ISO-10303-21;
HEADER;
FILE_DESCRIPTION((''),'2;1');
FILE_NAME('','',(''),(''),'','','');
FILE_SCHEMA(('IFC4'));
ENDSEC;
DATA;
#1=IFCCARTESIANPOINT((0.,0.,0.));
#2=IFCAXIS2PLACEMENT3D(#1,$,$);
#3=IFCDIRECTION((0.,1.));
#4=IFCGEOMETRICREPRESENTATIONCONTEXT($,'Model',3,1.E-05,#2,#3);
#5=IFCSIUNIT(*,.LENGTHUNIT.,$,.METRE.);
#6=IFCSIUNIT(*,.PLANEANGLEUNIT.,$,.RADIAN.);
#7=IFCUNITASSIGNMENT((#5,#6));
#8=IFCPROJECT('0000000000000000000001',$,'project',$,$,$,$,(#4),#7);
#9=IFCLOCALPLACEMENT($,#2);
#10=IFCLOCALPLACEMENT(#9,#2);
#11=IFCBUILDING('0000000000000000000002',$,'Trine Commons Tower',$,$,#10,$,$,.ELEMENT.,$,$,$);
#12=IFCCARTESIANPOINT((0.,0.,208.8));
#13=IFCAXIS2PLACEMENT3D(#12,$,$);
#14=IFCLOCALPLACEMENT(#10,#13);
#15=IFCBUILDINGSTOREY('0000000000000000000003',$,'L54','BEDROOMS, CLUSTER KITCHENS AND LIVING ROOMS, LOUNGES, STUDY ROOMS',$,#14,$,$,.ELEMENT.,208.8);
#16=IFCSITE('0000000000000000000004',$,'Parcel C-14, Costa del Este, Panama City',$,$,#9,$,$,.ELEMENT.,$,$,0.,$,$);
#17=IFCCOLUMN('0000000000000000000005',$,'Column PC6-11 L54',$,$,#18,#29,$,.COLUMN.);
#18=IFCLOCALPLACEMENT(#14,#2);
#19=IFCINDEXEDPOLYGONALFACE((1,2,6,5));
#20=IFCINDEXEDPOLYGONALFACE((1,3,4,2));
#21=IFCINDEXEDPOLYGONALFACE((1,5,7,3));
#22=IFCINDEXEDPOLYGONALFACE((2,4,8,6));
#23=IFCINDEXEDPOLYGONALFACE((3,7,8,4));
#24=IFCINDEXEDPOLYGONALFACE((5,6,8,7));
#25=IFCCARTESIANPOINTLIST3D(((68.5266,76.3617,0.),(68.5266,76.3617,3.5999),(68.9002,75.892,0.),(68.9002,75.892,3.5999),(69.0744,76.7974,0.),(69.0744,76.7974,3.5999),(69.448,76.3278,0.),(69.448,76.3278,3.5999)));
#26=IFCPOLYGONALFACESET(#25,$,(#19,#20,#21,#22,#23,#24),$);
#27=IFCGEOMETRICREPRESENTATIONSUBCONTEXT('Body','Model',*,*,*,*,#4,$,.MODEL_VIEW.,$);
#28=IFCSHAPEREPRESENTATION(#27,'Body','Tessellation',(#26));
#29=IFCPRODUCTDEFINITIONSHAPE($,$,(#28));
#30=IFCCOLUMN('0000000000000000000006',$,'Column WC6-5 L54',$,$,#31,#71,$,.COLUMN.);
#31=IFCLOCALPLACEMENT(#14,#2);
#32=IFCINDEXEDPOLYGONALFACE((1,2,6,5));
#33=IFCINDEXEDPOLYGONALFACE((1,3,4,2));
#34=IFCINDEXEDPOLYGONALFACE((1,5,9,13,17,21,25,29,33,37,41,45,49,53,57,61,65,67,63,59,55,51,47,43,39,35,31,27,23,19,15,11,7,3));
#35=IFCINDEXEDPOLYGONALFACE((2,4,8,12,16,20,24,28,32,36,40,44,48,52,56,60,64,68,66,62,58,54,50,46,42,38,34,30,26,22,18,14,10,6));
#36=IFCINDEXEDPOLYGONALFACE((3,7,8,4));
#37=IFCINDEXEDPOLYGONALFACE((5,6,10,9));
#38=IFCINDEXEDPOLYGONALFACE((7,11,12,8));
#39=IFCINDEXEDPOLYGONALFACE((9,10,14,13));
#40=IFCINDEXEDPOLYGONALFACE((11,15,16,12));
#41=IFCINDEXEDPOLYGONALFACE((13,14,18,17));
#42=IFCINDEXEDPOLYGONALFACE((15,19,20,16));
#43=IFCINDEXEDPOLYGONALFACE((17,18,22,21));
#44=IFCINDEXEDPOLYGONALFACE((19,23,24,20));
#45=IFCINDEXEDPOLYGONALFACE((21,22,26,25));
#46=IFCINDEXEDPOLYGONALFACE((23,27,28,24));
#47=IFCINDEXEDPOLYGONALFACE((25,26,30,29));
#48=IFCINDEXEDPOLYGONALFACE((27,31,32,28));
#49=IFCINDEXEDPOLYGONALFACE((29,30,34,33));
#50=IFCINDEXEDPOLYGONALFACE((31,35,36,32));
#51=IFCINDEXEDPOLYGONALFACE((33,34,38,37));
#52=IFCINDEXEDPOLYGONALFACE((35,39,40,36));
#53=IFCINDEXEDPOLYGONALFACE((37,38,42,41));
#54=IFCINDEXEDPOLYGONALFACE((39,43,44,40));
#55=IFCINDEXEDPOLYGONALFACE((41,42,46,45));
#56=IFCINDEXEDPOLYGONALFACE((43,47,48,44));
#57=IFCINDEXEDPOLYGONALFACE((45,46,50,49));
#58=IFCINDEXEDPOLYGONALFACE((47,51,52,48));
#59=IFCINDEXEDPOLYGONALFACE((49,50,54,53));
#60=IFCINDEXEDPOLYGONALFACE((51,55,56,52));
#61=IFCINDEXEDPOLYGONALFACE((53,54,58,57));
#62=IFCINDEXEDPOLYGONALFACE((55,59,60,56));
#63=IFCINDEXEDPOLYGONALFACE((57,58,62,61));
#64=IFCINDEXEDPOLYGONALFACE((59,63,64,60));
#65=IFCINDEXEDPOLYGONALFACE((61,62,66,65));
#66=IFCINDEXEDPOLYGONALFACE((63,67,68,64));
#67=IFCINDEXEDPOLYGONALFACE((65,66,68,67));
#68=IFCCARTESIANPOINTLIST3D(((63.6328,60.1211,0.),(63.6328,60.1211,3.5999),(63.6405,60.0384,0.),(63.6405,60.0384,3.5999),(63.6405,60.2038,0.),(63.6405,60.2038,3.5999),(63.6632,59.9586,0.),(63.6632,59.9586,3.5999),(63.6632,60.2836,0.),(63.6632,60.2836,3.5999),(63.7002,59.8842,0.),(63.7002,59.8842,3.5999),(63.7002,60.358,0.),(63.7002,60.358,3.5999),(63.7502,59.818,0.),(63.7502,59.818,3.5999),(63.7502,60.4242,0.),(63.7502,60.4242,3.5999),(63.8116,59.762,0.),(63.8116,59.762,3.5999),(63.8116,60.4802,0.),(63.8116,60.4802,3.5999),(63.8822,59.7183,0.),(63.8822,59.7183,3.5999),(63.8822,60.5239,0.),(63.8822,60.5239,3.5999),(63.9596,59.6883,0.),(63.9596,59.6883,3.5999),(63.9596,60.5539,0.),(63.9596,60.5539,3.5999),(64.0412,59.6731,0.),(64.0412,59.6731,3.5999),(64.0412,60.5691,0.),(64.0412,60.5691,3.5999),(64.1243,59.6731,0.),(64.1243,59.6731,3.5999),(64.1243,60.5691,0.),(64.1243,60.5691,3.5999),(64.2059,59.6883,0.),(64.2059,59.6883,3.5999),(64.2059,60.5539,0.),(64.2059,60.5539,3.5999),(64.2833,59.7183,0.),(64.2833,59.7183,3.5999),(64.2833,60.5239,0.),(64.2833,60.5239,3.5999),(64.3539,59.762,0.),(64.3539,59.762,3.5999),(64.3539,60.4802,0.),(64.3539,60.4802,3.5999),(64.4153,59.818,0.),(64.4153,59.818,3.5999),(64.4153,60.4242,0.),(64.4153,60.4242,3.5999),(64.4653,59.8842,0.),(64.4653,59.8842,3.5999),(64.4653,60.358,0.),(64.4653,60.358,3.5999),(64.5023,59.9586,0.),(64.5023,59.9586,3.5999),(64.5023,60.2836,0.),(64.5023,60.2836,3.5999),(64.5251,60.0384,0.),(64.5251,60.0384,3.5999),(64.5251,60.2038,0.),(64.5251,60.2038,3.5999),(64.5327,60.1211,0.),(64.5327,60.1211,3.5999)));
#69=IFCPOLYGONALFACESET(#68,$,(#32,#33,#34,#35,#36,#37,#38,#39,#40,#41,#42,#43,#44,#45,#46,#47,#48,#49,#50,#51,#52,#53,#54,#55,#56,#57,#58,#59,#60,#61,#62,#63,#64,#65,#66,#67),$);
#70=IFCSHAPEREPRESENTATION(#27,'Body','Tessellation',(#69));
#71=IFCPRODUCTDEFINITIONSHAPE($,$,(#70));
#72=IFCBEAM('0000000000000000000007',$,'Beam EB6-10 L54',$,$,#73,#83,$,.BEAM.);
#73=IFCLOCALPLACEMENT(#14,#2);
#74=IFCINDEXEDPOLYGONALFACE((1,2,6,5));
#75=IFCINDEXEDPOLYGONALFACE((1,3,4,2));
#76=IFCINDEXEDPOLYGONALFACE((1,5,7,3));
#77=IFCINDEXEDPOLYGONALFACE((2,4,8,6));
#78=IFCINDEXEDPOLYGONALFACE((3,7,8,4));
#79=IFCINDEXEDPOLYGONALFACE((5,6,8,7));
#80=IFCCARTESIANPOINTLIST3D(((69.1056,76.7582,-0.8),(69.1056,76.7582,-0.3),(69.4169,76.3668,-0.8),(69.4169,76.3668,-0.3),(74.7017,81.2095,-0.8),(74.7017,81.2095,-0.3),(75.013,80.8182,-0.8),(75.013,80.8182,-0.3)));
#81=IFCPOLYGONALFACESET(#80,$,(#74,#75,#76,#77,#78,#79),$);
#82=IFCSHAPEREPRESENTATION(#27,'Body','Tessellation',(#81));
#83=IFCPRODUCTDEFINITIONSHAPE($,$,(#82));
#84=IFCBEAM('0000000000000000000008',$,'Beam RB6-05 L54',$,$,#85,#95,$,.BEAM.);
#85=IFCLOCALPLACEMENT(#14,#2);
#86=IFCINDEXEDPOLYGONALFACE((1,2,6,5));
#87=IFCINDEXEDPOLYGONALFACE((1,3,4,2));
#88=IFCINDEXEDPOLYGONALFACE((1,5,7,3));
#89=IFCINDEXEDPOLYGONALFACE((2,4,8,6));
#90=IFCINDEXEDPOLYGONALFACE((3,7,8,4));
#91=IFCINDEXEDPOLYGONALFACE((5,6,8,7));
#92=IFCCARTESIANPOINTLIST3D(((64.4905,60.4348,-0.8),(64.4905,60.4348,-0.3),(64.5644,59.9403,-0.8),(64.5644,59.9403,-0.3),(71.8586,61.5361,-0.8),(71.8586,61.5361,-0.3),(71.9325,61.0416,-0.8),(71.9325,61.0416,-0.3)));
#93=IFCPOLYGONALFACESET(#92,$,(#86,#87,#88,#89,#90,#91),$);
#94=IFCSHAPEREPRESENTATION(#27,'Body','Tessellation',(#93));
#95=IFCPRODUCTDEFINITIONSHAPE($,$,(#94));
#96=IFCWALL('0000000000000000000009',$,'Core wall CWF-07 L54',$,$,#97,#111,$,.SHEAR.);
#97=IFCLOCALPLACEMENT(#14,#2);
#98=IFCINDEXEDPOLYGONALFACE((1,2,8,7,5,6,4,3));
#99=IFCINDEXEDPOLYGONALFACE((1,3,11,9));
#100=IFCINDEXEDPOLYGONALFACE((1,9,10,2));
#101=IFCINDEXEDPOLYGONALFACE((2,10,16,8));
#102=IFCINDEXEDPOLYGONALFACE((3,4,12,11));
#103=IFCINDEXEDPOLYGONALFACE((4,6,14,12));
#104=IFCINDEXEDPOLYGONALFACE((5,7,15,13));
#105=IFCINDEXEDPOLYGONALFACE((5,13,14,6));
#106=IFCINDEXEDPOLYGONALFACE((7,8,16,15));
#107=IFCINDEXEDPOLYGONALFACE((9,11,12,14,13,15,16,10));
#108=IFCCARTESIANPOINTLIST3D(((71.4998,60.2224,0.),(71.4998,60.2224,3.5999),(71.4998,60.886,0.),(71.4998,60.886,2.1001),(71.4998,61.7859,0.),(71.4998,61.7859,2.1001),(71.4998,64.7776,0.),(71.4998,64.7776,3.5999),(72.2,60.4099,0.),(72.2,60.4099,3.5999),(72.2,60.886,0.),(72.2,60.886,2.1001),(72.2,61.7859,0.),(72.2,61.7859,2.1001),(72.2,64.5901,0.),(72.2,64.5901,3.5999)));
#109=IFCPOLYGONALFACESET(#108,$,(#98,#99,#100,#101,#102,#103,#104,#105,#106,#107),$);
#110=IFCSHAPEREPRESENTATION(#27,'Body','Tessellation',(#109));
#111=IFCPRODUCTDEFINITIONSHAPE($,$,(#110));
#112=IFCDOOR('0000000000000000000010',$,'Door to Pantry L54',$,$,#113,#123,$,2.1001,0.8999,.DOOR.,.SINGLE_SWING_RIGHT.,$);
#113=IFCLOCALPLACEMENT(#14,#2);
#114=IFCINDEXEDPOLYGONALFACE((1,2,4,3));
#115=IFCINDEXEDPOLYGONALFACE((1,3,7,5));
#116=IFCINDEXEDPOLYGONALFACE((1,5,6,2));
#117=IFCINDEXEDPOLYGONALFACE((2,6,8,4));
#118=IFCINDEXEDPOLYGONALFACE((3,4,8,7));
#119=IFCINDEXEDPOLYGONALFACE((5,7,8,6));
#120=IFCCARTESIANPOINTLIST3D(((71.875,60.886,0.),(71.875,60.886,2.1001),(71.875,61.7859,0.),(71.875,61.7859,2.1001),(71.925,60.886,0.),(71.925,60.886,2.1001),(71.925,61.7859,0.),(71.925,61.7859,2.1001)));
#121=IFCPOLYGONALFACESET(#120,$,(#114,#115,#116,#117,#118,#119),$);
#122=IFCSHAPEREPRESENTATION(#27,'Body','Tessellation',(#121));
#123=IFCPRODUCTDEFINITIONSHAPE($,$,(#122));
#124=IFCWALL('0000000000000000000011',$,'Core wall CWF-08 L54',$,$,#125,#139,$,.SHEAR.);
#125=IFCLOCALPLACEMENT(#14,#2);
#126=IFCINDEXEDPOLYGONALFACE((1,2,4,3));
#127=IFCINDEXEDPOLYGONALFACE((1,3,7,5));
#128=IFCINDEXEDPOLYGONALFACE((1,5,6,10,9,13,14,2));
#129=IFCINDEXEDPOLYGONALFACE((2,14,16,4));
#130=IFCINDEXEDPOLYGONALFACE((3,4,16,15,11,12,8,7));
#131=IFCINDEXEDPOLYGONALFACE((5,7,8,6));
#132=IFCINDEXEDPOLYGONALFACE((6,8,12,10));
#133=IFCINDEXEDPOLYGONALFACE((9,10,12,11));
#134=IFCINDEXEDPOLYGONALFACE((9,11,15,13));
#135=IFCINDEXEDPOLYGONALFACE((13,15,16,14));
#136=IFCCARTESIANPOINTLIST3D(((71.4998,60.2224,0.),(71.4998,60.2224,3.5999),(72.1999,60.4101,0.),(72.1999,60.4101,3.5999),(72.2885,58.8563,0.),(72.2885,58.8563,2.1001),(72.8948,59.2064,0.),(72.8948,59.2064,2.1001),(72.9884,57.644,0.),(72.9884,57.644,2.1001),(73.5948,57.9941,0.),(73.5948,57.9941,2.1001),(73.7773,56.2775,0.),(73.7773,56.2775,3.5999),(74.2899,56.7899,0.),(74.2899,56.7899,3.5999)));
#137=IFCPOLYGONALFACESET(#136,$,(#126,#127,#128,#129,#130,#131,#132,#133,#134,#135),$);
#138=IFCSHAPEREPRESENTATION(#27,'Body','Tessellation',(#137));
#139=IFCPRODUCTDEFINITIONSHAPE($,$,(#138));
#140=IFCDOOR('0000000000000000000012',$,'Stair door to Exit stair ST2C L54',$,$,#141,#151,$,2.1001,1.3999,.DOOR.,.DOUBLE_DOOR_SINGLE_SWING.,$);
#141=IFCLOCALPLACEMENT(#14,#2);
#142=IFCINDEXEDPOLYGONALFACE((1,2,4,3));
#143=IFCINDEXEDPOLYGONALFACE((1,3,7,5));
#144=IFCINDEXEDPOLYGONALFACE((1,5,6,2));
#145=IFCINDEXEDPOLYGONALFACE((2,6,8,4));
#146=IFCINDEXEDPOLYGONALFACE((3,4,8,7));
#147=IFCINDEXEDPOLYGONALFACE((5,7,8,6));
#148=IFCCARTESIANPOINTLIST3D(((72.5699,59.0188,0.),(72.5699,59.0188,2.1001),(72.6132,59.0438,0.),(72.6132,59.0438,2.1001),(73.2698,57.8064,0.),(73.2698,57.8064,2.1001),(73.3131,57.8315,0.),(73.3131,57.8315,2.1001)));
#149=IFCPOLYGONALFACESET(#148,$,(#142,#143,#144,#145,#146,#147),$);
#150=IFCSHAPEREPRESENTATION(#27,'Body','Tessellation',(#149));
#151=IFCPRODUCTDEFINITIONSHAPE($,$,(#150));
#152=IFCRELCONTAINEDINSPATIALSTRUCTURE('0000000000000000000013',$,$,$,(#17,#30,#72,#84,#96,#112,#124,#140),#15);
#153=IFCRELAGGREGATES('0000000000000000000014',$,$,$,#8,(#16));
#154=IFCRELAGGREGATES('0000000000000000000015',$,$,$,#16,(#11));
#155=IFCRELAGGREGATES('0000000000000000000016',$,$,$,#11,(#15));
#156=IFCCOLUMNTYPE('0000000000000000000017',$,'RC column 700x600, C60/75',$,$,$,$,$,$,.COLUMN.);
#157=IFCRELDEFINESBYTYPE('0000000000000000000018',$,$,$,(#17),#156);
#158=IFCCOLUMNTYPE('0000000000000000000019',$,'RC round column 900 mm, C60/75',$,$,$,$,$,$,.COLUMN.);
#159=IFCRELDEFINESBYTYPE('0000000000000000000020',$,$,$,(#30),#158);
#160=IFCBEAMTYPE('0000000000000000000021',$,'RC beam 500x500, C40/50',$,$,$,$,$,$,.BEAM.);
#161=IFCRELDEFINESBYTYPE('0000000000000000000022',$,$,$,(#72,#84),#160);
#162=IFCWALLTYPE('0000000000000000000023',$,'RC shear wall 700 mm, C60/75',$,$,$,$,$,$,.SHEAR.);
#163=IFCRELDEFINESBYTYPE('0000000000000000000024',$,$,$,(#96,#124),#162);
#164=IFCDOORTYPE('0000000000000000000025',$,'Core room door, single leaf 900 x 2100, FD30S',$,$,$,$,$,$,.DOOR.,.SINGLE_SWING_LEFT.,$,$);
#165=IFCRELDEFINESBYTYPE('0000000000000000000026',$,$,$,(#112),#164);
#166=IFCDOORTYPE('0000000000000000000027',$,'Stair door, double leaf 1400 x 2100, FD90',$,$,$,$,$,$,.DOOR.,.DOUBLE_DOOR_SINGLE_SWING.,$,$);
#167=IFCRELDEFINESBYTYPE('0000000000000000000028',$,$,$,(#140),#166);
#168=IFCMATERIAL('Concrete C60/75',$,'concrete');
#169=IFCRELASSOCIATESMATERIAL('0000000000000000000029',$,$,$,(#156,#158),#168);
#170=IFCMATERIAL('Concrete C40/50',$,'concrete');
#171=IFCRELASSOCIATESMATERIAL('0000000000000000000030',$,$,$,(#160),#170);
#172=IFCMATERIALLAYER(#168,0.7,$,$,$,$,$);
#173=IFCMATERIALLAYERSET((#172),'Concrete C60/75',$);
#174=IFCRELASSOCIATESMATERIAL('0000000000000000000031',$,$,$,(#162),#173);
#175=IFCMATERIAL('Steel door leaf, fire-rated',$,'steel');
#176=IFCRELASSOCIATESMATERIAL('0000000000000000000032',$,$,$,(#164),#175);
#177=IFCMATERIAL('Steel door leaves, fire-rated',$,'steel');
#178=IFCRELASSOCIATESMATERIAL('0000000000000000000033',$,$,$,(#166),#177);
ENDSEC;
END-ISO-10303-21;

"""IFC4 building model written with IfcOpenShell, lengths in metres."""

from ifc_helpers import new_model, si_unit, direction, frame, frame_2d, origin, origin_2d, place, context, subcontext, project, spatial, polyline, rectangle, circle, outline, extrude, material, layer, layer_set, material_profile, profile_set, type_object, element, fill, save


model = new_model("IFC4")

# Units and contexts
model_context = context("Model", 3, precision=1e-05, world=origin(), true_north=direction((0.0, 1.0)))
body_context = subcontext(model_context, "Body", "Model", "MODEL_VIEW")
ifc_project = project(units=[si_unit("LENGTHUNIT", "METRE"), si_unit("PLANEANGLEUNIT", "RADIAN")], contexts=[model_context])

# Site, building, storey
site_placement = place(None, origin())
site = spatial("IfcSite", under=ifc_project, at=site_placement, Name="Parcel C-14, Costa del Este, Panama City", CompositionType="ELEMENT", RefElevation=0.0)
building_placement = place(site_placement, origin())
building = spatial("IfcBuilding", under=site, at=building_placement, Name="Trine Commons Tower", CompositionType="ELEMENT")
storey_placement = place(building_placement, frame((0.0, 0.0, 208.8)))
storey = spatial("IfcBuildingStorey", under=building, at=storey_placement, Name="L54", Description="BEDROOMS, CLUSTER KITCHENS AND LIVING ROOMS, LOUNGES, STUDY ROOMS", CompositionType="ELEMENT", Elevation=208.8)

# Columns
ifc_material_1 = material(Name="Concrete C60/75", Category="concrete")
ifc_material_profile_1 = material_profile(ifc_material_1, rectangle(XDim=0.7, YDim=0.6001, at=origin_2d()), Name="RC 700x600")
ifc_profile_set_1 = profile_set([ifc_material_profile_1], Name="Concrete C60/75")
column_type_1 = type_object("IfcColumnType", Name="RC column 700x600, C60/75", PredefinedType="COLUMN", material=ifc_profile_set_1)
column_1_placement = place(storey_placement, frame((68.9873, 76.3447, 0.0), z_axis=(0.0, 0.0, 1.0), x_axis=(0.782608, 0.622515, 0.0)))
element("IfcColumn", 1, at=column_1_placement, inside=storey, type_object=column_type_1, Name="Column PC6-11 L54", PredefinedType="COLUMN", context=body_context, shape_type="SweptSolid", body=[
    extrude(rectangle(XDim=0.7, YDim=0.6001, at=origin_2d()), origin(), (0.0, 0.0, 1.0), 3.5999),
])
ifc_material_profile_2 = material_profile(ifc_material_1, circle(Radius=0.45, at=origin_2d()), Name="RC round 900")
ifc_profile_set_2 = profile_set([ifc_material_profile_2], Name="Concrete C60/75")
column_type_2 = type_object("IfcColumnType", Name="RC round column 900 mm, C60/75", PredefinedType="COLUMN", material=ifc_profile_set_2)
column_2_placement = place(storey_placement, frame((64.0828, 60.1211, 0.0), z_axis=(0.0, 0.0, 1.0), x_axis=(1.0, 0.0, 0.0)))
element("IfcColumn", 2, at=column_2_placement, inside=storey, type_object=column_type_2, Name="Column WC6-5 L54", PredefinedType="COLUMN", context=body_context, shape_type="SweptSolid", body=[
    extrude(circle(Radius=0.45, at=origin_2d()), origin(), (0.0, 0.0, 1.0), 3.5999),
])

# Beams
ifc_material_2 = material(Name="Concrete C40/50", Category="concrete")
ifc_material_profile_3 = material_profile(ifc_material_2, rectangle(XDim=0.5, YDim=0.5, at=origin_2d()), Name="RC 500x500")
ifc_profile_set_3 = profile_set([ifc_material_profile_3], Name="Concrete C40/50")
beam_type = type_object("IfcBeamType", Name="RC beam 500x500, C40/50", PredefinedType="BEAM", material=ifc_profile_set_3)
beam_1_placement = place(storey_placement, frame((69.2612, 76.5625, -0.55), z_axis=(0.782608, 0.622515, 0.0), x_axis=(-0.622515, 0.782608, 0.0)))
element("IfcBeam", 3, at=beam_1_placement, inside=storey, type_object=beam_type, Name="Beam EB6-10 L54", PredefinedType="BEAM", context=body_context, shape_type="SweptSolid", body=[
    extrude(rectangle(XDim=0.5, YDim=0.5, at=origin_2d()), origin(), (0.0, 0.0, 1.0), 7.1506),
])
beam_2_placement = place(storey_placement, frame((71.8955, 61.2888, -0.55), z_axis=(-0.989013, -0.147828, 0.0), x_axis=(0.147828, -0.989013, 0.0)))
element("IfcBeam", 4, at=beam_2_placement, inside=storey, type_object=beam_type, Name="Beam RB6-05 L54", PredefinedType="BEAM", context=body_context, shape_type="SweptSolid", body=[
    extrude(rectangle(XDim=0.5, YDim=0.5, at=origin_2d()), origin(), (0.0, 0.0, 1.0), 7.45),
])

# Walls, openings, doors
ifc_layer_1 = layer(ifc_material_1, 0.7)
ifc_layer_set_1 = layer_set([ifc_layer_1], Name="Concrete C60/75")
wall_type_1 = type_object("IfcWallType", Name="RC shear wall 700 mm, C60/75", PredefinedType="SHEAR", material=ifc_layer_set_1)
wall_1_placement = place(storey_placement, frame((71.8499, 64.7776, 0.0), z_axis=(0.0, 0.0, 1.0), x_axis=(0.0, -1.0, 0.0)))
wall_1 = element("IfcWall", 5, at=wall_1_placement, inside=storey, type_object=wall_type_1, Name="Core wall CWF-07 L54", PredefinedType="SHEAR", context=body_context, shape_type="SweptSolid", body=[
    extrude(outline(polyline([(0.0, -0.3501), (4.5552, -0.3501), (4.3677, 0.3501), (0.1875, 0.3501), (0.0, -0.3501)])), origin(), (0.0, 0.0, 1.0), 3.5999),
])
opening_1_placement = place(wall_1_placement, frame((2.9917, 0.0, 0.0)))
opening_1 = element("IfcOpeningElement", 6, at=opening_1_placement, cuts=wall_1, PredefinedType="OPENING", context=body_context, shape_type="SweptSolid", body=[
    extrude(rectangle(XDim=0.8999, YDim=2.1001, at=frame_2d((0.45, 1.05))), frame((0.0, 0.3599, 0.0), z_axis=(0.0, -1.0, 0.0), x_axis=(1.0, 0.0, 0.0)), (0.0, 0.0, 1.0), 0.72),
])
ifc_material_3 = material(Name="Steel door leaf, fire-rated", Category="steel")
door_type_1 = type_object("IfcDoorType", Name="Core room door, single leaf 900 x 2100, FD30S", OperationType="SINGLE_SWING_LEFT", PredefinedType="DOOR", material=ifc_material_3)
door_1_placement = place(opening_1_placement, origin())
door_1 = element("IfcDoor", 7, at=door_1_placement, inside=storey, type_object=door_type_1, Name="Door to Pantry L54", OperationType="SINGLE_SWING_RIGHT", OverallHeight=2.1001, OverallWidth=0.8999, PredefinedType="DOOR", context=body_context, shape_type="SweptSolid", body=[
    extrude(rectangle(XDim=0.8999, YDim=2.1001, at=frame_2d((0.45, 1.05))), frame((0.0, 0.0752, 0.0), z_axis=(0.0, -1.0, 0.0), x_axis=(1.0, 0.0, 0.0)), (0.0, 0.0, 1.0), 0.05),
])
fill(opening_1, door_1)
wall_2_placement = place(storey_placement, frame((71.803, 60.3975, 0.0), z_axis=(0.0, 0.0, 1.0), x_axis=(0.499984, -0.866035, 0.0)))
wall_2 = element("IfcWall", 8, at=wall_2_placement, inside=storey, type_object=wall_type_1, Name="Core wall CWF-08 L54", PredefinedType="SHEAR", context=body_context, shape_type="SweptSolid", body=[
    extrude(outline(polyline([(0.0, -0.3501), (4.5552, -0.3501), (4.3677, 0.3501), (0.1875, 0.3501), (0.0, -0.3501)])), origin(), (0.0, 0.0, 1.0), 3.5999),
])
opening_2_placement = place(wall_2_placement, frame((1.5774, 0.0, 0.0)))
opening_2 = element("IfcOpeningElement", 9, at=opening_2_placement, cuts=wall_2, PredefinedType="OPENING", context=body_context, shape_type="SweptSolid", body=[
    extrude(rectangle(XDim=1.3999, YDim=2.1001, at=frame_2d((0.7, 1.05))), frame((0.0, 0.3599, 0.0), z_axis=(0.0, -1.0, 0.0), x_axis=(1.0, 0.0, 0.0)), (0.0, 0.0, 1.0), 0.72),
])
ifc_material_4 = material(Name="Steel door leaves, fire-rated", Category="steel")
door_type_2 = type_object("IfcDoorType", Name="Stair door, double leaf 1400 x 2100, FD90", OperationType="DOUBLE_DOOR_SINGLE_SWING", PredefinedType="DOOR", material=ifc_material_4)
door_2_placement = place(opening_2_placement, origin())
door_2 = element("IfcDoor", 10, at=door_2_placement, inside=storey, type_object=door_type_2, Name="Stair door to Exit stair ST2C L54", OperationType="DOUBLE_DOOR_SINGLE_SWING", OverallHeight=2.1001, OverallWidth=1.3999, PredefinedType="DOOR", context=body_context, shape_type="SweptSolid", body=[
    extrude(rectangle(XDim=1.3999, YDim=2.1001, at=frame_2d((0.7, 1.05))), frame((0.0, 0.0249, 0.0), z_axis=(0.0, -1.0, 0.0), x_axis=(1.0, 0.0, 0.0)), (0.0, 0.0, 1.0), 0.05),
])
fill(opening_2, door_2)

save(model, "model.ifc")
